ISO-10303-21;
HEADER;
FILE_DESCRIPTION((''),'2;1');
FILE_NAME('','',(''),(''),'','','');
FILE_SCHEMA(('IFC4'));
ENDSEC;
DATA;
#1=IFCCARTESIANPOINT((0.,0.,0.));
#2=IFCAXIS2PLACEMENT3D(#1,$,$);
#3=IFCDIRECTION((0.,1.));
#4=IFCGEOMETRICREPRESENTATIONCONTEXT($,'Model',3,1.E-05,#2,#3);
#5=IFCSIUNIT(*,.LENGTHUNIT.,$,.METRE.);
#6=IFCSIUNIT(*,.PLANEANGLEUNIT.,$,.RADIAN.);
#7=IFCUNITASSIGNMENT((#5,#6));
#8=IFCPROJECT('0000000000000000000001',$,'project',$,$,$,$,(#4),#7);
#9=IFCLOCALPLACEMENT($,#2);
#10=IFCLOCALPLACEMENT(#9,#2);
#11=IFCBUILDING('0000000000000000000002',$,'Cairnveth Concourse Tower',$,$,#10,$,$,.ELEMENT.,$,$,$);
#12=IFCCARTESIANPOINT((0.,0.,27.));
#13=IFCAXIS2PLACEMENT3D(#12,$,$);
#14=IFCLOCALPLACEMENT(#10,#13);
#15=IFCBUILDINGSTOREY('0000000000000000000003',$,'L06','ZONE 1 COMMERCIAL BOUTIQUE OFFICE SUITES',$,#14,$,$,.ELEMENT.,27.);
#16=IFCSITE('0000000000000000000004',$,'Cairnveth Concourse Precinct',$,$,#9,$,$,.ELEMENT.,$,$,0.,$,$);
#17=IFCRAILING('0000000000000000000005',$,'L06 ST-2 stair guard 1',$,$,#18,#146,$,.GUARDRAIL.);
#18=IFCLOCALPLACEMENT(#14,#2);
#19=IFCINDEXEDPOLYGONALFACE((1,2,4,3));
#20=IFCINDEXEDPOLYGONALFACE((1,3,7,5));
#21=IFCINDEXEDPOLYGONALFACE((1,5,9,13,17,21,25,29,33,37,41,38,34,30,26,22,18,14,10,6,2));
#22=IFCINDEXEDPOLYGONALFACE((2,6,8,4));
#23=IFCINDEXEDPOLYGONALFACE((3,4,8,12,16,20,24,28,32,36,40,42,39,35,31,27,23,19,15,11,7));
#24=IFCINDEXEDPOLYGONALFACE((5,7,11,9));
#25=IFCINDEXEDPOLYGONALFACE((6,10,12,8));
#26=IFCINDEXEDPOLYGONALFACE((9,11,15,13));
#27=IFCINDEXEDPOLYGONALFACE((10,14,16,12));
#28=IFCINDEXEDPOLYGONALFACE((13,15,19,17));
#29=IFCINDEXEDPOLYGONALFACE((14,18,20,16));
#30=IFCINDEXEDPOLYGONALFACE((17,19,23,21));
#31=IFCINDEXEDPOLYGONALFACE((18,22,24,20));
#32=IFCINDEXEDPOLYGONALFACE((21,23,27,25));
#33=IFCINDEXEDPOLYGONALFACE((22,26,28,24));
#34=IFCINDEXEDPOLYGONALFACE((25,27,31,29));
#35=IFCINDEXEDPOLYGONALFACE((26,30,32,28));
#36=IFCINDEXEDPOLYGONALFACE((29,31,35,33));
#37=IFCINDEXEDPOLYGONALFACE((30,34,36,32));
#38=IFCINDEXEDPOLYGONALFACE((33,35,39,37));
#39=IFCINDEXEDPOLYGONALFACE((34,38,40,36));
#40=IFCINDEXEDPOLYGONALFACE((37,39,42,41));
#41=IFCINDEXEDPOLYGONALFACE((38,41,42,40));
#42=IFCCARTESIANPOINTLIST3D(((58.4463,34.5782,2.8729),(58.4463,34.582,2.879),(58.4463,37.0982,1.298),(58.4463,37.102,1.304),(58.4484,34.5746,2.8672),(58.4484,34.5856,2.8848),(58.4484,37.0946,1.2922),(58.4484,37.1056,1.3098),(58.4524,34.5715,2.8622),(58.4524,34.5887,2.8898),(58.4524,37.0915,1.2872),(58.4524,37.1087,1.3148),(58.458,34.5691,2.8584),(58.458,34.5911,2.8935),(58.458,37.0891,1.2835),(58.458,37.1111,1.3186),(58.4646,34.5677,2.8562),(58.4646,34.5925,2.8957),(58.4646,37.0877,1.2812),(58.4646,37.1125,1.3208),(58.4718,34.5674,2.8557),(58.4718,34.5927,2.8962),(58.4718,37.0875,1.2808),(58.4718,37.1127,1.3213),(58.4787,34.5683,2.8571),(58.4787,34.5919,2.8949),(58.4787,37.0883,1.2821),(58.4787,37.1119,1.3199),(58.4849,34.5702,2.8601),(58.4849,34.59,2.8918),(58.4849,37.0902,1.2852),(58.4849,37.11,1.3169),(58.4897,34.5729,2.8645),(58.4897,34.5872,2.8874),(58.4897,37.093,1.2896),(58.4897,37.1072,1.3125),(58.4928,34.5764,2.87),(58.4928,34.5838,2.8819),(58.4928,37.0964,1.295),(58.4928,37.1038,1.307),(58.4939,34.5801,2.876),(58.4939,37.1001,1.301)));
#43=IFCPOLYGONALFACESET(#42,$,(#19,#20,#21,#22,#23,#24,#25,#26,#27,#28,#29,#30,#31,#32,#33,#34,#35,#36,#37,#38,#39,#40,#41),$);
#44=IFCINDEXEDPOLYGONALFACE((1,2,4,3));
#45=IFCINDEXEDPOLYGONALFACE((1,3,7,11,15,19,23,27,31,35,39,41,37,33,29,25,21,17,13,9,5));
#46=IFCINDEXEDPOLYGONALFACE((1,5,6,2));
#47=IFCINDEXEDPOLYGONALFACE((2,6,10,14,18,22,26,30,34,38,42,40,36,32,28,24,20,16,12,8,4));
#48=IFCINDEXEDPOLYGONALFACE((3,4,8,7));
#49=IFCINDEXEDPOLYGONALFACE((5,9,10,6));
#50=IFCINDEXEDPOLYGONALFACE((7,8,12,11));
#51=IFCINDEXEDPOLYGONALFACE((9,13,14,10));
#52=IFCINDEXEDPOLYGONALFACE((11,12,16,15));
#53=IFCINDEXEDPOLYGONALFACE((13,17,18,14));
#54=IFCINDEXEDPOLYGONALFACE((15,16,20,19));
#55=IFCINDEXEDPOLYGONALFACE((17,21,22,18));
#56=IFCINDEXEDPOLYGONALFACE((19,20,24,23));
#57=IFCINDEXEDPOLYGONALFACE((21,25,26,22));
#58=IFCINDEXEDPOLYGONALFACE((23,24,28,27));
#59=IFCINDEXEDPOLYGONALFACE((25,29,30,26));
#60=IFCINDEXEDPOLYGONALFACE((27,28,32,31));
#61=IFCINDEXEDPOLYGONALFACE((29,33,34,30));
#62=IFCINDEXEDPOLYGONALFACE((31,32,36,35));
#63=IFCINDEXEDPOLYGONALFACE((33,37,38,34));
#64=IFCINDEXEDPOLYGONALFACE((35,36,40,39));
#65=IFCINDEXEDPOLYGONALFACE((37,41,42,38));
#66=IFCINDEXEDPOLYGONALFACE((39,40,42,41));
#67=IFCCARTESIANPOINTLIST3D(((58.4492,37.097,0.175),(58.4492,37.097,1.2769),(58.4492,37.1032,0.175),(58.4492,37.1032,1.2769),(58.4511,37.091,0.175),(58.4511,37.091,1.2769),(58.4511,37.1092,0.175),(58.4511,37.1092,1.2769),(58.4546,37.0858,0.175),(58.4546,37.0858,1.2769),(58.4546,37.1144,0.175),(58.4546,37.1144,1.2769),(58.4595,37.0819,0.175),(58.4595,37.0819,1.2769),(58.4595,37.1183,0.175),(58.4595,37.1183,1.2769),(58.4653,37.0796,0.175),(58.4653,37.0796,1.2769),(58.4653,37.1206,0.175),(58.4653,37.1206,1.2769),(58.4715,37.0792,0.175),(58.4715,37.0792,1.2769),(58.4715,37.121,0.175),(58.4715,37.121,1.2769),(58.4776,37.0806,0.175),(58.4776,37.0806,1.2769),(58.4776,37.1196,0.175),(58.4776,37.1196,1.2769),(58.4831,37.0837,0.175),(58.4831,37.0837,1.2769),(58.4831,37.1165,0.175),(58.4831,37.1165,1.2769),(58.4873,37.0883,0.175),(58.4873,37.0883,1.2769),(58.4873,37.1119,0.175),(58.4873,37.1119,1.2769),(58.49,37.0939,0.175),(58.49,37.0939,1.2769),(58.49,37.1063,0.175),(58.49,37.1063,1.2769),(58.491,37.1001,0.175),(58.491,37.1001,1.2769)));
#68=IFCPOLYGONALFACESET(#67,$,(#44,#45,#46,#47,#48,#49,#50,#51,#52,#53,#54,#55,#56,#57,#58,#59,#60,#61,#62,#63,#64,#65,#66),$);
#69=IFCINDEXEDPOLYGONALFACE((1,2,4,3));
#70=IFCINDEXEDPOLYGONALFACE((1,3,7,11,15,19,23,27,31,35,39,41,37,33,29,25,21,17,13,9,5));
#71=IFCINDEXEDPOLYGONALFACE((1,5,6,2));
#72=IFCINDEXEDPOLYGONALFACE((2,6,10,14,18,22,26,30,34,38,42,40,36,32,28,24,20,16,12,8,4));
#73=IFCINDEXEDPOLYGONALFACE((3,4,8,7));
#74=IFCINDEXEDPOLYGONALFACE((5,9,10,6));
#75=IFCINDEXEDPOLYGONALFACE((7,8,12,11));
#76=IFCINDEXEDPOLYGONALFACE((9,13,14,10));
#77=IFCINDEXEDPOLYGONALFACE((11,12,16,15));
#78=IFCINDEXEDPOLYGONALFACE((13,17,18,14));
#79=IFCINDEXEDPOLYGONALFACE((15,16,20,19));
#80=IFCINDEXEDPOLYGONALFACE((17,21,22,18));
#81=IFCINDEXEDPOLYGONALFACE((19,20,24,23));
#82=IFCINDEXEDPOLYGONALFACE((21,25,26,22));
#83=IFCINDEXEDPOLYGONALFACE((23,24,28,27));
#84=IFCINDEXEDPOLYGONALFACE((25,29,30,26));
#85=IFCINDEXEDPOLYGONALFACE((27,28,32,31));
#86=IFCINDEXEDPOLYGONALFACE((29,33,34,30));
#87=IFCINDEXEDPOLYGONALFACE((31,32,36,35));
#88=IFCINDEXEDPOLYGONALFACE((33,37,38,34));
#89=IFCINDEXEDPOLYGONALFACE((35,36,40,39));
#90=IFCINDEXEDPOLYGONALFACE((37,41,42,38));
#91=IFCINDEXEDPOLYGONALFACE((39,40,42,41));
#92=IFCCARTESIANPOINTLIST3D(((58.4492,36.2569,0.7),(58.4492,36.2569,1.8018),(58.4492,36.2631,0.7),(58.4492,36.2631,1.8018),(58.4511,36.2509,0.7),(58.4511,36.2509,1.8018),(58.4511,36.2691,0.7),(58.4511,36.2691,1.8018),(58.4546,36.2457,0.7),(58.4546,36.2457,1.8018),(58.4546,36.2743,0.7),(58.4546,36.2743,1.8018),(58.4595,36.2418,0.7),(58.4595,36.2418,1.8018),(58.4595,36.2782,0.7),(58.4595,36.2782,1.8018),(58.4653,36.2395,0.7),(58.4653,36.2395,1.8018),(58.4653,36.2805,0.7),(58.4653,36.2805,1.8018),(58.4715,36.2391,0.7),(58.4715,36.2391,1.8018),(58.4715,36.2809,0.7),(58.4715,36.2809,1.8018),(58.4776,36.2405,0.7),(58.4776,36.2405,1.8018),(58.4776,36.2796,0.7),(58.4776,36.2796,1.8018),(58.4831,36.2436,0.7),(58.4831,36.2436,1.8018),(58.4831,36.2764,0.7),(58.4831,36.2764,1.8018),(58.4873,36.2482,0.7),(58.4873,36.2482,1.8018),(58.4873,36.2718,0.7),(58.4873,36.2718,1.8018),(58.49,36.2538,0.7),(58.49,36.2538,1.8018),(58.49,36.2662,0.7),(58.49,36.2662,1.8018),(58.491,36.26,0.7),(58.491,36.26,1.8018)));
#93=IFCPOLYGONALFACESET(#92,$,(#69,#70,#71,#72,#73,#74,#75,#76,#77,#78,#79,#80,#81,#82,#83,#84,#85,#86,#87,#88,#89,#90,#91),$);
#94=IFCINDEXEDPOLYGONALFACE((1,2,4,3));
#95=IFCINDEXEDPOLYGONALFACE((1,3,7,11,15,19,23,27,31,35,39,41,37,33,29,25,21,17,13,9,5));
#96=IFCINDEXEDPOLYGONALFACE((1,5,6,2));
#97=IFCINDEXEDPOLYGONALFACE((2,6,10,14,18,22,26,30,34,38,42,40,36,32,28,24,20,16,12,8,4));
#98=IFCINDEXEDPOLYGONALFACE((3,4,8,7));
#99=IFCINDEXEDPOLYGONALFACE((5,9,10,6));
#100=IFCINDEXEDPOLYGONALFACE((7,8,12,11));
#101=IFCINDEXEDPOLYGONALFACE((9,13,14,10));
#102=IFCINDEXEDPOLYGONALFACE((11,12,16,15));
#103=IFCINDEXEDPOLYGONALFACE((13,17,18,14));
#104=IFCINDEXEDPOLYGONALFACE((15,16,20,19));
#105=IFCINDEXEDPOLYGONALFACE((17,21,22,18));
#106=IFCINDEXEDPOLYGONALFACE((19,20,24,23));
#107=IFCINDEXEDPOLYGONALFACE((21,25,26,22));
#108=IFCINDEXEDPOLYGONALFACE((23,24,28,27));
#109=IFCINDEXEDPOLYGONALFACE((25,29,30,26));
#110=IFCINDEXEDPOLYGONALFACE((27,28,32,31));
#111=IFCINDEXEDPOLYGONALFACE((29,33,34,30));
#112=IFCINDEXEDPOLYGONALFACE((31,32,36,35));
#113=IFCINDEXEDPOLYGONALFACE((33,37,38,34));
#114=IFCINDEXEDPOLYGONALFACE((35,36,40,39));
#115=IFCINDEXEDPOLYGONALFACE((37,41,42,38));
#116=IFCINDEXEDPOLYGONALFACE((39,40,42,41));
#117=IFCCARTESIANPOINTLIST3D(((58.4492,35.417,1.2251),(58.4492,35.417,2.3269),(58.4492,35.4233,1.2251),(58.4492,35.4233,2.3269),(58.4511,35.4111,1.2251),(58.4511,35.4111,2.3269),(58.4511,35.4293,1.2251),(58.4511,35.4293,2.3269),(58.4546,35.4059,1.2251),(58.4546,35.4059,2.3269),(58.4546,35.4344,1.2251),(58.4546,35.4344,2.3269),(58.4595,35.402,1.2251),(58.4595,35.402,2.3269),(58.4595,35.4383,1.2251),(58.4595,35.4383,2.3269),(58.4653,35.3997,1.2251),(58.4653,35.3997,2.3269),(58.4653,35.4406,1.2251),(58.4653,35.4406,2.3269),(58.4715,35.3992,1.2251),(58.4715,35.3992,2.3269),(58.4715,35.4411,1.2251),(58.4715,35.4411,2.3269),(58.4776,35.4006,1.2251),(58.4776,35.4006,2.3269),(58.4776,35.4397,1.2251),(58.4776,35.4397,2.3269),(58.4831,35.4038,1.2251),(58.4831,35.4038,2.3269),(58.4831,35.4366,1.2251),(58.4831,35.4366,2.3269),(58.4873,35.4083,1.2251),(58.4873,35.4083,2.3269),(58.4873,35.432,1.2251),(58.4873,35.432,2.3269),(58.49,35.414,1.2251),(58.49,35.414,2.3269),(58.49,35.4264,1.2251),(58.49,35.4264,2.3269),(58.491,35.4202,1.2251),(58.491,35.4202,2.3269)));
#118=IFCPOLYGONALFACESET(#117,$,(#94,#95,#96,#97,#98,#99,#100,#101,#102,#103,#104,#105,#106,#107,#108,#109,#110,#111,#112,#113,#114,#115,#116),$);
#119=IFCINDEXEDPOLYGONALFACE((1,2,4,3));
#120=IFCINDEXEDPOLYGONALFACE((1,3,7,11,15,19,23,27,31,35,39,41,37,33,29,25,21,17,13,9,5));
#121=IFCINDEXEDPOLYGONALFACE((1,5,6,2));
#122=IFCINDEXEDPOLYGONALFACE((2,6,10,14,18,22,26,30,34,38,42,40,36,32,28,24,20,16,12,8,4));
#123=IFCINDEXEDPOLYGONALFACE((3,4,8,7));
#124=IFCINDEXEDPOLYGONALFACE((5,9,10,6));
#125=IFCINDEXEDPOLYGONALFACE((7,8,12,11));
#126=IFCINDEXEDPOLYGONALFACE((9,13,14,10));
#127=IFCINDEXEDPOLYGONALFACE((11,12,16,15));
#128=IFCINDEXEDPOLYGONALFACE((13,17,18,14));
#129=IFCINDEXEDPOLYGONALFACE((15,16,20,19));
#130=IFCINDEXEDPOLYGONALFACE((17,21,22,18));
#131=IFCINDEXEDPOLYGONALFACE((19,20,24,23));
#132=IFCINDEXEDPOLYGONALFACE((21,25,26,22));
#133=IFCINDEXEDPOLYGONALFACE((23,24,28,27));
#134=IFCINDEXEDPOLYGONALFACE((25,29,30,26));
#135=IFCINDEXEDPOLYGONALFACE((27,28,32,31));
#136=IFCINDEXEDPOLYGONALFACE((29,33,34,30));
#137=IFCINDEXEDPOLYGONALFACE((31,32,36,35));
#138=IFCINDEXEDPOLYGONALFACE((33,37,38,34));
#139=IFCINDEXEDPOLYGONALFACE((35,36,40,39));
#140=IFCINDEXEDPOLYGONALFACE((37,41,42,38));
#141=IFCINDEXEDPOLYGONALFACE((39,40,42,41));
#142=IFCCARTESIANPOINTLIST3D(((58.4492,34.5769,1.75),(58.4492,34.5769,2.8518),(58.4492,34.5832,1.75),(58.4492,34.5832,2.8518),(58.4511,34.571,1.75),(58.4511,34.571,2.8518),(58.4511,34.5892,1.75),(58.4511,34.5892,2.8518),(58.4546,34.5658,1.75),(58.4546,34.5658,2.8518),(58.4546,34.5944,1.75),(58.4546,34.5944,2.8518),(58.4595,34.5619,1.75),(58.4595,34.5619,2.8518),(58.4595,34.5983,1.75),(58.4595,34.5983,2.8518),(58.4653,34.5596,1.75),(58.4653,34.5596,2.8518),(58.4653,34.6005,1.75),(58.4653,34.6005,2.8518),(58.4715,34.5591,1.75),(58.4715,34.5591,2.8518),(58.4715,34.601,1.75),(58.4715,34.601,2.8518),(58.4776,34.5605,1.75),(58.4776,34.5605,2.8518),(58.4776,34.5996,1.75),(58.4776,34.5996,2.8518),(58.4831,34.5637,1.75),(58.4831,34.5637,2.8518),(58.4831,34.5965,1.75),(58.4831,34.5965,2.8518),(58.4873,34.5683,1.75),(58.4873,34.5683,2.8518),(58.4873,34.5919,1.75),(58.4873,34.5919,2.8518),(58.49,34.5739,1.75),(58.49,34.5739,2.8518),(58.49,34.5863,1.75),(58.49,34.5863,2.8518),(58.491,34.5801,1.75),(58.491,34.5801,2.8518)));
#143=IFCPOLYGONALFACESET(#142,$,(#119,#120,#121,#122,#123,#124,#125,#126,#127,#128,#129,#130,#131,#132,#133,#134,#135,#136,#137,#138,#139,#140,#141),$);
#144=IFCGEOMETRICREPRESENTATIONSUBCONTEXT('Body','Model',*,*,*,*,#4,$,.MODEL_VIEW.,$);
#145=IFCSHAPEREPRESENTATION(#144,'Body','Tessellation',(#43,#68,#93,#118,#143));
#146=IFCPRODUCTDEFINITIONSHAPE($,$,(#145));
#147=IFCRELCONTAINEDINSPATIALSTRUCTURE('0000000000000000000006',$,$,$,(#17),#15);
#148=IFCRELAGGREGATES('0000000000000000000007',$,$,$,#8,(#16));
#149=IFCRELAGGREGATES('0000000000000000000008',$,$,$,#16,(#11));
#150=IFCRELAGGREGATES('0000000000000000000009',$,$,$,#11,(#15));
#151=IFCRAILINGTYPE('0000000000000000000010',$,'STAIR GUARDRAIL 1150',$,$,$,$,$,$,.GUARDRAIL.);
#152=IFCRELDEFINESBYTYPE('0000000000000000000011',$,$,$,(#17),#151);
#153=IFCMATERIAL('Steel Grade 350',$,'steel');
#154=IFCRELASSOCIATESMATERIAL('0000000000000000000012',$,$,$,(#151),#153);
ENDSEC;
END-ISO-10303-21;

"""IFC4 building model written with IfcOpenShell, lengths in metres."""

from ifc_helpers import new_model, si_unit, direction, frame, origin, origin_2d, place, context, subcontext, project, spatial, circle, extrude, material, type_object, element, save


model = new_model("IFC4")

# Units and contexts
model_context = context("Model", 3, precision=1e-05, world=origin(), true_north=direction((0.0, 1.0)))
body_context = subcontext(model_context, "Body", "Model", "MODEL_VIEW")
ifc_project = project(units=[si_unit("LENGTHUNIT", "METRE"), si_unit("PLANEANGLEUNIT", "RADIAN")], contexts=[model_context])

# Site, building, storey
site_placement = place(None, origin())
site = spatial("IfcSite", under=ifc_project, at=site_placement, Name="Cairnveth Concourse Precinct", CompositionType="ELEMENT", RefElevation=0.0)
building_placement = place(site_placement, origin())
building = spatial("IfcBuilding", under=site, at=building_placement, Name="Cairnveth Concourse Tower", CompositionType="ELEMENT")
storey_placement = place(building_placement, frame((0.0, 0.0, 27.0)))
storey = spatial("IfcBuildingStorey", under=building, at=storey_placement, Name="L06", Description="ZONE 1 COMMERCIAL BOUTIQUE OFFICE SUITES", CompositionType="ELEMENT", Elevation=27.0)

# Shared definitions
ifc_material_1 = material(Name="Steel Grade 350", Category="steel")

# Railing
railing_type_1 = type_object("IfcRailingType", Name="STAIR GUARDRAIL 1150", PredefinedType="GUARDRAIL", material=ifc_material_1)
railing_1_placement = place(storey_placement, frame((58.47, 37.1001, 0.175)))
element("IfcRailing", 1, at=railing_1_placement, inside=storey, type_object=railing_type_1, Name="L06 ST-2 stair guard 1", PredefinedType="GUARDRAIL", context=body_context, shape_type="SweptSolid", body=[
    extrude(circle(Radius=0.0239, at=origin_2d()), frame((0.0, 0.0, 1.126), z_axis=(0.0, -0.848008, 0.529984), x_axis=(1.0, 0.0, 0.0)), (0.0, 0.0, 1.0), 2.9717),
    extrude(circle(Radius=0.021, at=origin_2d()), origin(), (0.0, 0.0, 1.0), 1.1018),
    extrude(circle(Radius=0.021, at=origin_2d()), frame((0.0, -0.8401, 0.5249)), (0.0, 0.0, 1.0), 1.1018),
    extrude(circle(Radius=0.021, at=origin_2d()), frame((0.0, -1.6799, 1.05)), (0.0, 0.0, 1.0), 1.1018),
    extrude(circle(Radius=0.021, at=origin_2d()), frame((0.0, -2.52, 1.575)), (0.0, 0.0, 1.0), 1.1018),
])

save(model, "model.ifc")
